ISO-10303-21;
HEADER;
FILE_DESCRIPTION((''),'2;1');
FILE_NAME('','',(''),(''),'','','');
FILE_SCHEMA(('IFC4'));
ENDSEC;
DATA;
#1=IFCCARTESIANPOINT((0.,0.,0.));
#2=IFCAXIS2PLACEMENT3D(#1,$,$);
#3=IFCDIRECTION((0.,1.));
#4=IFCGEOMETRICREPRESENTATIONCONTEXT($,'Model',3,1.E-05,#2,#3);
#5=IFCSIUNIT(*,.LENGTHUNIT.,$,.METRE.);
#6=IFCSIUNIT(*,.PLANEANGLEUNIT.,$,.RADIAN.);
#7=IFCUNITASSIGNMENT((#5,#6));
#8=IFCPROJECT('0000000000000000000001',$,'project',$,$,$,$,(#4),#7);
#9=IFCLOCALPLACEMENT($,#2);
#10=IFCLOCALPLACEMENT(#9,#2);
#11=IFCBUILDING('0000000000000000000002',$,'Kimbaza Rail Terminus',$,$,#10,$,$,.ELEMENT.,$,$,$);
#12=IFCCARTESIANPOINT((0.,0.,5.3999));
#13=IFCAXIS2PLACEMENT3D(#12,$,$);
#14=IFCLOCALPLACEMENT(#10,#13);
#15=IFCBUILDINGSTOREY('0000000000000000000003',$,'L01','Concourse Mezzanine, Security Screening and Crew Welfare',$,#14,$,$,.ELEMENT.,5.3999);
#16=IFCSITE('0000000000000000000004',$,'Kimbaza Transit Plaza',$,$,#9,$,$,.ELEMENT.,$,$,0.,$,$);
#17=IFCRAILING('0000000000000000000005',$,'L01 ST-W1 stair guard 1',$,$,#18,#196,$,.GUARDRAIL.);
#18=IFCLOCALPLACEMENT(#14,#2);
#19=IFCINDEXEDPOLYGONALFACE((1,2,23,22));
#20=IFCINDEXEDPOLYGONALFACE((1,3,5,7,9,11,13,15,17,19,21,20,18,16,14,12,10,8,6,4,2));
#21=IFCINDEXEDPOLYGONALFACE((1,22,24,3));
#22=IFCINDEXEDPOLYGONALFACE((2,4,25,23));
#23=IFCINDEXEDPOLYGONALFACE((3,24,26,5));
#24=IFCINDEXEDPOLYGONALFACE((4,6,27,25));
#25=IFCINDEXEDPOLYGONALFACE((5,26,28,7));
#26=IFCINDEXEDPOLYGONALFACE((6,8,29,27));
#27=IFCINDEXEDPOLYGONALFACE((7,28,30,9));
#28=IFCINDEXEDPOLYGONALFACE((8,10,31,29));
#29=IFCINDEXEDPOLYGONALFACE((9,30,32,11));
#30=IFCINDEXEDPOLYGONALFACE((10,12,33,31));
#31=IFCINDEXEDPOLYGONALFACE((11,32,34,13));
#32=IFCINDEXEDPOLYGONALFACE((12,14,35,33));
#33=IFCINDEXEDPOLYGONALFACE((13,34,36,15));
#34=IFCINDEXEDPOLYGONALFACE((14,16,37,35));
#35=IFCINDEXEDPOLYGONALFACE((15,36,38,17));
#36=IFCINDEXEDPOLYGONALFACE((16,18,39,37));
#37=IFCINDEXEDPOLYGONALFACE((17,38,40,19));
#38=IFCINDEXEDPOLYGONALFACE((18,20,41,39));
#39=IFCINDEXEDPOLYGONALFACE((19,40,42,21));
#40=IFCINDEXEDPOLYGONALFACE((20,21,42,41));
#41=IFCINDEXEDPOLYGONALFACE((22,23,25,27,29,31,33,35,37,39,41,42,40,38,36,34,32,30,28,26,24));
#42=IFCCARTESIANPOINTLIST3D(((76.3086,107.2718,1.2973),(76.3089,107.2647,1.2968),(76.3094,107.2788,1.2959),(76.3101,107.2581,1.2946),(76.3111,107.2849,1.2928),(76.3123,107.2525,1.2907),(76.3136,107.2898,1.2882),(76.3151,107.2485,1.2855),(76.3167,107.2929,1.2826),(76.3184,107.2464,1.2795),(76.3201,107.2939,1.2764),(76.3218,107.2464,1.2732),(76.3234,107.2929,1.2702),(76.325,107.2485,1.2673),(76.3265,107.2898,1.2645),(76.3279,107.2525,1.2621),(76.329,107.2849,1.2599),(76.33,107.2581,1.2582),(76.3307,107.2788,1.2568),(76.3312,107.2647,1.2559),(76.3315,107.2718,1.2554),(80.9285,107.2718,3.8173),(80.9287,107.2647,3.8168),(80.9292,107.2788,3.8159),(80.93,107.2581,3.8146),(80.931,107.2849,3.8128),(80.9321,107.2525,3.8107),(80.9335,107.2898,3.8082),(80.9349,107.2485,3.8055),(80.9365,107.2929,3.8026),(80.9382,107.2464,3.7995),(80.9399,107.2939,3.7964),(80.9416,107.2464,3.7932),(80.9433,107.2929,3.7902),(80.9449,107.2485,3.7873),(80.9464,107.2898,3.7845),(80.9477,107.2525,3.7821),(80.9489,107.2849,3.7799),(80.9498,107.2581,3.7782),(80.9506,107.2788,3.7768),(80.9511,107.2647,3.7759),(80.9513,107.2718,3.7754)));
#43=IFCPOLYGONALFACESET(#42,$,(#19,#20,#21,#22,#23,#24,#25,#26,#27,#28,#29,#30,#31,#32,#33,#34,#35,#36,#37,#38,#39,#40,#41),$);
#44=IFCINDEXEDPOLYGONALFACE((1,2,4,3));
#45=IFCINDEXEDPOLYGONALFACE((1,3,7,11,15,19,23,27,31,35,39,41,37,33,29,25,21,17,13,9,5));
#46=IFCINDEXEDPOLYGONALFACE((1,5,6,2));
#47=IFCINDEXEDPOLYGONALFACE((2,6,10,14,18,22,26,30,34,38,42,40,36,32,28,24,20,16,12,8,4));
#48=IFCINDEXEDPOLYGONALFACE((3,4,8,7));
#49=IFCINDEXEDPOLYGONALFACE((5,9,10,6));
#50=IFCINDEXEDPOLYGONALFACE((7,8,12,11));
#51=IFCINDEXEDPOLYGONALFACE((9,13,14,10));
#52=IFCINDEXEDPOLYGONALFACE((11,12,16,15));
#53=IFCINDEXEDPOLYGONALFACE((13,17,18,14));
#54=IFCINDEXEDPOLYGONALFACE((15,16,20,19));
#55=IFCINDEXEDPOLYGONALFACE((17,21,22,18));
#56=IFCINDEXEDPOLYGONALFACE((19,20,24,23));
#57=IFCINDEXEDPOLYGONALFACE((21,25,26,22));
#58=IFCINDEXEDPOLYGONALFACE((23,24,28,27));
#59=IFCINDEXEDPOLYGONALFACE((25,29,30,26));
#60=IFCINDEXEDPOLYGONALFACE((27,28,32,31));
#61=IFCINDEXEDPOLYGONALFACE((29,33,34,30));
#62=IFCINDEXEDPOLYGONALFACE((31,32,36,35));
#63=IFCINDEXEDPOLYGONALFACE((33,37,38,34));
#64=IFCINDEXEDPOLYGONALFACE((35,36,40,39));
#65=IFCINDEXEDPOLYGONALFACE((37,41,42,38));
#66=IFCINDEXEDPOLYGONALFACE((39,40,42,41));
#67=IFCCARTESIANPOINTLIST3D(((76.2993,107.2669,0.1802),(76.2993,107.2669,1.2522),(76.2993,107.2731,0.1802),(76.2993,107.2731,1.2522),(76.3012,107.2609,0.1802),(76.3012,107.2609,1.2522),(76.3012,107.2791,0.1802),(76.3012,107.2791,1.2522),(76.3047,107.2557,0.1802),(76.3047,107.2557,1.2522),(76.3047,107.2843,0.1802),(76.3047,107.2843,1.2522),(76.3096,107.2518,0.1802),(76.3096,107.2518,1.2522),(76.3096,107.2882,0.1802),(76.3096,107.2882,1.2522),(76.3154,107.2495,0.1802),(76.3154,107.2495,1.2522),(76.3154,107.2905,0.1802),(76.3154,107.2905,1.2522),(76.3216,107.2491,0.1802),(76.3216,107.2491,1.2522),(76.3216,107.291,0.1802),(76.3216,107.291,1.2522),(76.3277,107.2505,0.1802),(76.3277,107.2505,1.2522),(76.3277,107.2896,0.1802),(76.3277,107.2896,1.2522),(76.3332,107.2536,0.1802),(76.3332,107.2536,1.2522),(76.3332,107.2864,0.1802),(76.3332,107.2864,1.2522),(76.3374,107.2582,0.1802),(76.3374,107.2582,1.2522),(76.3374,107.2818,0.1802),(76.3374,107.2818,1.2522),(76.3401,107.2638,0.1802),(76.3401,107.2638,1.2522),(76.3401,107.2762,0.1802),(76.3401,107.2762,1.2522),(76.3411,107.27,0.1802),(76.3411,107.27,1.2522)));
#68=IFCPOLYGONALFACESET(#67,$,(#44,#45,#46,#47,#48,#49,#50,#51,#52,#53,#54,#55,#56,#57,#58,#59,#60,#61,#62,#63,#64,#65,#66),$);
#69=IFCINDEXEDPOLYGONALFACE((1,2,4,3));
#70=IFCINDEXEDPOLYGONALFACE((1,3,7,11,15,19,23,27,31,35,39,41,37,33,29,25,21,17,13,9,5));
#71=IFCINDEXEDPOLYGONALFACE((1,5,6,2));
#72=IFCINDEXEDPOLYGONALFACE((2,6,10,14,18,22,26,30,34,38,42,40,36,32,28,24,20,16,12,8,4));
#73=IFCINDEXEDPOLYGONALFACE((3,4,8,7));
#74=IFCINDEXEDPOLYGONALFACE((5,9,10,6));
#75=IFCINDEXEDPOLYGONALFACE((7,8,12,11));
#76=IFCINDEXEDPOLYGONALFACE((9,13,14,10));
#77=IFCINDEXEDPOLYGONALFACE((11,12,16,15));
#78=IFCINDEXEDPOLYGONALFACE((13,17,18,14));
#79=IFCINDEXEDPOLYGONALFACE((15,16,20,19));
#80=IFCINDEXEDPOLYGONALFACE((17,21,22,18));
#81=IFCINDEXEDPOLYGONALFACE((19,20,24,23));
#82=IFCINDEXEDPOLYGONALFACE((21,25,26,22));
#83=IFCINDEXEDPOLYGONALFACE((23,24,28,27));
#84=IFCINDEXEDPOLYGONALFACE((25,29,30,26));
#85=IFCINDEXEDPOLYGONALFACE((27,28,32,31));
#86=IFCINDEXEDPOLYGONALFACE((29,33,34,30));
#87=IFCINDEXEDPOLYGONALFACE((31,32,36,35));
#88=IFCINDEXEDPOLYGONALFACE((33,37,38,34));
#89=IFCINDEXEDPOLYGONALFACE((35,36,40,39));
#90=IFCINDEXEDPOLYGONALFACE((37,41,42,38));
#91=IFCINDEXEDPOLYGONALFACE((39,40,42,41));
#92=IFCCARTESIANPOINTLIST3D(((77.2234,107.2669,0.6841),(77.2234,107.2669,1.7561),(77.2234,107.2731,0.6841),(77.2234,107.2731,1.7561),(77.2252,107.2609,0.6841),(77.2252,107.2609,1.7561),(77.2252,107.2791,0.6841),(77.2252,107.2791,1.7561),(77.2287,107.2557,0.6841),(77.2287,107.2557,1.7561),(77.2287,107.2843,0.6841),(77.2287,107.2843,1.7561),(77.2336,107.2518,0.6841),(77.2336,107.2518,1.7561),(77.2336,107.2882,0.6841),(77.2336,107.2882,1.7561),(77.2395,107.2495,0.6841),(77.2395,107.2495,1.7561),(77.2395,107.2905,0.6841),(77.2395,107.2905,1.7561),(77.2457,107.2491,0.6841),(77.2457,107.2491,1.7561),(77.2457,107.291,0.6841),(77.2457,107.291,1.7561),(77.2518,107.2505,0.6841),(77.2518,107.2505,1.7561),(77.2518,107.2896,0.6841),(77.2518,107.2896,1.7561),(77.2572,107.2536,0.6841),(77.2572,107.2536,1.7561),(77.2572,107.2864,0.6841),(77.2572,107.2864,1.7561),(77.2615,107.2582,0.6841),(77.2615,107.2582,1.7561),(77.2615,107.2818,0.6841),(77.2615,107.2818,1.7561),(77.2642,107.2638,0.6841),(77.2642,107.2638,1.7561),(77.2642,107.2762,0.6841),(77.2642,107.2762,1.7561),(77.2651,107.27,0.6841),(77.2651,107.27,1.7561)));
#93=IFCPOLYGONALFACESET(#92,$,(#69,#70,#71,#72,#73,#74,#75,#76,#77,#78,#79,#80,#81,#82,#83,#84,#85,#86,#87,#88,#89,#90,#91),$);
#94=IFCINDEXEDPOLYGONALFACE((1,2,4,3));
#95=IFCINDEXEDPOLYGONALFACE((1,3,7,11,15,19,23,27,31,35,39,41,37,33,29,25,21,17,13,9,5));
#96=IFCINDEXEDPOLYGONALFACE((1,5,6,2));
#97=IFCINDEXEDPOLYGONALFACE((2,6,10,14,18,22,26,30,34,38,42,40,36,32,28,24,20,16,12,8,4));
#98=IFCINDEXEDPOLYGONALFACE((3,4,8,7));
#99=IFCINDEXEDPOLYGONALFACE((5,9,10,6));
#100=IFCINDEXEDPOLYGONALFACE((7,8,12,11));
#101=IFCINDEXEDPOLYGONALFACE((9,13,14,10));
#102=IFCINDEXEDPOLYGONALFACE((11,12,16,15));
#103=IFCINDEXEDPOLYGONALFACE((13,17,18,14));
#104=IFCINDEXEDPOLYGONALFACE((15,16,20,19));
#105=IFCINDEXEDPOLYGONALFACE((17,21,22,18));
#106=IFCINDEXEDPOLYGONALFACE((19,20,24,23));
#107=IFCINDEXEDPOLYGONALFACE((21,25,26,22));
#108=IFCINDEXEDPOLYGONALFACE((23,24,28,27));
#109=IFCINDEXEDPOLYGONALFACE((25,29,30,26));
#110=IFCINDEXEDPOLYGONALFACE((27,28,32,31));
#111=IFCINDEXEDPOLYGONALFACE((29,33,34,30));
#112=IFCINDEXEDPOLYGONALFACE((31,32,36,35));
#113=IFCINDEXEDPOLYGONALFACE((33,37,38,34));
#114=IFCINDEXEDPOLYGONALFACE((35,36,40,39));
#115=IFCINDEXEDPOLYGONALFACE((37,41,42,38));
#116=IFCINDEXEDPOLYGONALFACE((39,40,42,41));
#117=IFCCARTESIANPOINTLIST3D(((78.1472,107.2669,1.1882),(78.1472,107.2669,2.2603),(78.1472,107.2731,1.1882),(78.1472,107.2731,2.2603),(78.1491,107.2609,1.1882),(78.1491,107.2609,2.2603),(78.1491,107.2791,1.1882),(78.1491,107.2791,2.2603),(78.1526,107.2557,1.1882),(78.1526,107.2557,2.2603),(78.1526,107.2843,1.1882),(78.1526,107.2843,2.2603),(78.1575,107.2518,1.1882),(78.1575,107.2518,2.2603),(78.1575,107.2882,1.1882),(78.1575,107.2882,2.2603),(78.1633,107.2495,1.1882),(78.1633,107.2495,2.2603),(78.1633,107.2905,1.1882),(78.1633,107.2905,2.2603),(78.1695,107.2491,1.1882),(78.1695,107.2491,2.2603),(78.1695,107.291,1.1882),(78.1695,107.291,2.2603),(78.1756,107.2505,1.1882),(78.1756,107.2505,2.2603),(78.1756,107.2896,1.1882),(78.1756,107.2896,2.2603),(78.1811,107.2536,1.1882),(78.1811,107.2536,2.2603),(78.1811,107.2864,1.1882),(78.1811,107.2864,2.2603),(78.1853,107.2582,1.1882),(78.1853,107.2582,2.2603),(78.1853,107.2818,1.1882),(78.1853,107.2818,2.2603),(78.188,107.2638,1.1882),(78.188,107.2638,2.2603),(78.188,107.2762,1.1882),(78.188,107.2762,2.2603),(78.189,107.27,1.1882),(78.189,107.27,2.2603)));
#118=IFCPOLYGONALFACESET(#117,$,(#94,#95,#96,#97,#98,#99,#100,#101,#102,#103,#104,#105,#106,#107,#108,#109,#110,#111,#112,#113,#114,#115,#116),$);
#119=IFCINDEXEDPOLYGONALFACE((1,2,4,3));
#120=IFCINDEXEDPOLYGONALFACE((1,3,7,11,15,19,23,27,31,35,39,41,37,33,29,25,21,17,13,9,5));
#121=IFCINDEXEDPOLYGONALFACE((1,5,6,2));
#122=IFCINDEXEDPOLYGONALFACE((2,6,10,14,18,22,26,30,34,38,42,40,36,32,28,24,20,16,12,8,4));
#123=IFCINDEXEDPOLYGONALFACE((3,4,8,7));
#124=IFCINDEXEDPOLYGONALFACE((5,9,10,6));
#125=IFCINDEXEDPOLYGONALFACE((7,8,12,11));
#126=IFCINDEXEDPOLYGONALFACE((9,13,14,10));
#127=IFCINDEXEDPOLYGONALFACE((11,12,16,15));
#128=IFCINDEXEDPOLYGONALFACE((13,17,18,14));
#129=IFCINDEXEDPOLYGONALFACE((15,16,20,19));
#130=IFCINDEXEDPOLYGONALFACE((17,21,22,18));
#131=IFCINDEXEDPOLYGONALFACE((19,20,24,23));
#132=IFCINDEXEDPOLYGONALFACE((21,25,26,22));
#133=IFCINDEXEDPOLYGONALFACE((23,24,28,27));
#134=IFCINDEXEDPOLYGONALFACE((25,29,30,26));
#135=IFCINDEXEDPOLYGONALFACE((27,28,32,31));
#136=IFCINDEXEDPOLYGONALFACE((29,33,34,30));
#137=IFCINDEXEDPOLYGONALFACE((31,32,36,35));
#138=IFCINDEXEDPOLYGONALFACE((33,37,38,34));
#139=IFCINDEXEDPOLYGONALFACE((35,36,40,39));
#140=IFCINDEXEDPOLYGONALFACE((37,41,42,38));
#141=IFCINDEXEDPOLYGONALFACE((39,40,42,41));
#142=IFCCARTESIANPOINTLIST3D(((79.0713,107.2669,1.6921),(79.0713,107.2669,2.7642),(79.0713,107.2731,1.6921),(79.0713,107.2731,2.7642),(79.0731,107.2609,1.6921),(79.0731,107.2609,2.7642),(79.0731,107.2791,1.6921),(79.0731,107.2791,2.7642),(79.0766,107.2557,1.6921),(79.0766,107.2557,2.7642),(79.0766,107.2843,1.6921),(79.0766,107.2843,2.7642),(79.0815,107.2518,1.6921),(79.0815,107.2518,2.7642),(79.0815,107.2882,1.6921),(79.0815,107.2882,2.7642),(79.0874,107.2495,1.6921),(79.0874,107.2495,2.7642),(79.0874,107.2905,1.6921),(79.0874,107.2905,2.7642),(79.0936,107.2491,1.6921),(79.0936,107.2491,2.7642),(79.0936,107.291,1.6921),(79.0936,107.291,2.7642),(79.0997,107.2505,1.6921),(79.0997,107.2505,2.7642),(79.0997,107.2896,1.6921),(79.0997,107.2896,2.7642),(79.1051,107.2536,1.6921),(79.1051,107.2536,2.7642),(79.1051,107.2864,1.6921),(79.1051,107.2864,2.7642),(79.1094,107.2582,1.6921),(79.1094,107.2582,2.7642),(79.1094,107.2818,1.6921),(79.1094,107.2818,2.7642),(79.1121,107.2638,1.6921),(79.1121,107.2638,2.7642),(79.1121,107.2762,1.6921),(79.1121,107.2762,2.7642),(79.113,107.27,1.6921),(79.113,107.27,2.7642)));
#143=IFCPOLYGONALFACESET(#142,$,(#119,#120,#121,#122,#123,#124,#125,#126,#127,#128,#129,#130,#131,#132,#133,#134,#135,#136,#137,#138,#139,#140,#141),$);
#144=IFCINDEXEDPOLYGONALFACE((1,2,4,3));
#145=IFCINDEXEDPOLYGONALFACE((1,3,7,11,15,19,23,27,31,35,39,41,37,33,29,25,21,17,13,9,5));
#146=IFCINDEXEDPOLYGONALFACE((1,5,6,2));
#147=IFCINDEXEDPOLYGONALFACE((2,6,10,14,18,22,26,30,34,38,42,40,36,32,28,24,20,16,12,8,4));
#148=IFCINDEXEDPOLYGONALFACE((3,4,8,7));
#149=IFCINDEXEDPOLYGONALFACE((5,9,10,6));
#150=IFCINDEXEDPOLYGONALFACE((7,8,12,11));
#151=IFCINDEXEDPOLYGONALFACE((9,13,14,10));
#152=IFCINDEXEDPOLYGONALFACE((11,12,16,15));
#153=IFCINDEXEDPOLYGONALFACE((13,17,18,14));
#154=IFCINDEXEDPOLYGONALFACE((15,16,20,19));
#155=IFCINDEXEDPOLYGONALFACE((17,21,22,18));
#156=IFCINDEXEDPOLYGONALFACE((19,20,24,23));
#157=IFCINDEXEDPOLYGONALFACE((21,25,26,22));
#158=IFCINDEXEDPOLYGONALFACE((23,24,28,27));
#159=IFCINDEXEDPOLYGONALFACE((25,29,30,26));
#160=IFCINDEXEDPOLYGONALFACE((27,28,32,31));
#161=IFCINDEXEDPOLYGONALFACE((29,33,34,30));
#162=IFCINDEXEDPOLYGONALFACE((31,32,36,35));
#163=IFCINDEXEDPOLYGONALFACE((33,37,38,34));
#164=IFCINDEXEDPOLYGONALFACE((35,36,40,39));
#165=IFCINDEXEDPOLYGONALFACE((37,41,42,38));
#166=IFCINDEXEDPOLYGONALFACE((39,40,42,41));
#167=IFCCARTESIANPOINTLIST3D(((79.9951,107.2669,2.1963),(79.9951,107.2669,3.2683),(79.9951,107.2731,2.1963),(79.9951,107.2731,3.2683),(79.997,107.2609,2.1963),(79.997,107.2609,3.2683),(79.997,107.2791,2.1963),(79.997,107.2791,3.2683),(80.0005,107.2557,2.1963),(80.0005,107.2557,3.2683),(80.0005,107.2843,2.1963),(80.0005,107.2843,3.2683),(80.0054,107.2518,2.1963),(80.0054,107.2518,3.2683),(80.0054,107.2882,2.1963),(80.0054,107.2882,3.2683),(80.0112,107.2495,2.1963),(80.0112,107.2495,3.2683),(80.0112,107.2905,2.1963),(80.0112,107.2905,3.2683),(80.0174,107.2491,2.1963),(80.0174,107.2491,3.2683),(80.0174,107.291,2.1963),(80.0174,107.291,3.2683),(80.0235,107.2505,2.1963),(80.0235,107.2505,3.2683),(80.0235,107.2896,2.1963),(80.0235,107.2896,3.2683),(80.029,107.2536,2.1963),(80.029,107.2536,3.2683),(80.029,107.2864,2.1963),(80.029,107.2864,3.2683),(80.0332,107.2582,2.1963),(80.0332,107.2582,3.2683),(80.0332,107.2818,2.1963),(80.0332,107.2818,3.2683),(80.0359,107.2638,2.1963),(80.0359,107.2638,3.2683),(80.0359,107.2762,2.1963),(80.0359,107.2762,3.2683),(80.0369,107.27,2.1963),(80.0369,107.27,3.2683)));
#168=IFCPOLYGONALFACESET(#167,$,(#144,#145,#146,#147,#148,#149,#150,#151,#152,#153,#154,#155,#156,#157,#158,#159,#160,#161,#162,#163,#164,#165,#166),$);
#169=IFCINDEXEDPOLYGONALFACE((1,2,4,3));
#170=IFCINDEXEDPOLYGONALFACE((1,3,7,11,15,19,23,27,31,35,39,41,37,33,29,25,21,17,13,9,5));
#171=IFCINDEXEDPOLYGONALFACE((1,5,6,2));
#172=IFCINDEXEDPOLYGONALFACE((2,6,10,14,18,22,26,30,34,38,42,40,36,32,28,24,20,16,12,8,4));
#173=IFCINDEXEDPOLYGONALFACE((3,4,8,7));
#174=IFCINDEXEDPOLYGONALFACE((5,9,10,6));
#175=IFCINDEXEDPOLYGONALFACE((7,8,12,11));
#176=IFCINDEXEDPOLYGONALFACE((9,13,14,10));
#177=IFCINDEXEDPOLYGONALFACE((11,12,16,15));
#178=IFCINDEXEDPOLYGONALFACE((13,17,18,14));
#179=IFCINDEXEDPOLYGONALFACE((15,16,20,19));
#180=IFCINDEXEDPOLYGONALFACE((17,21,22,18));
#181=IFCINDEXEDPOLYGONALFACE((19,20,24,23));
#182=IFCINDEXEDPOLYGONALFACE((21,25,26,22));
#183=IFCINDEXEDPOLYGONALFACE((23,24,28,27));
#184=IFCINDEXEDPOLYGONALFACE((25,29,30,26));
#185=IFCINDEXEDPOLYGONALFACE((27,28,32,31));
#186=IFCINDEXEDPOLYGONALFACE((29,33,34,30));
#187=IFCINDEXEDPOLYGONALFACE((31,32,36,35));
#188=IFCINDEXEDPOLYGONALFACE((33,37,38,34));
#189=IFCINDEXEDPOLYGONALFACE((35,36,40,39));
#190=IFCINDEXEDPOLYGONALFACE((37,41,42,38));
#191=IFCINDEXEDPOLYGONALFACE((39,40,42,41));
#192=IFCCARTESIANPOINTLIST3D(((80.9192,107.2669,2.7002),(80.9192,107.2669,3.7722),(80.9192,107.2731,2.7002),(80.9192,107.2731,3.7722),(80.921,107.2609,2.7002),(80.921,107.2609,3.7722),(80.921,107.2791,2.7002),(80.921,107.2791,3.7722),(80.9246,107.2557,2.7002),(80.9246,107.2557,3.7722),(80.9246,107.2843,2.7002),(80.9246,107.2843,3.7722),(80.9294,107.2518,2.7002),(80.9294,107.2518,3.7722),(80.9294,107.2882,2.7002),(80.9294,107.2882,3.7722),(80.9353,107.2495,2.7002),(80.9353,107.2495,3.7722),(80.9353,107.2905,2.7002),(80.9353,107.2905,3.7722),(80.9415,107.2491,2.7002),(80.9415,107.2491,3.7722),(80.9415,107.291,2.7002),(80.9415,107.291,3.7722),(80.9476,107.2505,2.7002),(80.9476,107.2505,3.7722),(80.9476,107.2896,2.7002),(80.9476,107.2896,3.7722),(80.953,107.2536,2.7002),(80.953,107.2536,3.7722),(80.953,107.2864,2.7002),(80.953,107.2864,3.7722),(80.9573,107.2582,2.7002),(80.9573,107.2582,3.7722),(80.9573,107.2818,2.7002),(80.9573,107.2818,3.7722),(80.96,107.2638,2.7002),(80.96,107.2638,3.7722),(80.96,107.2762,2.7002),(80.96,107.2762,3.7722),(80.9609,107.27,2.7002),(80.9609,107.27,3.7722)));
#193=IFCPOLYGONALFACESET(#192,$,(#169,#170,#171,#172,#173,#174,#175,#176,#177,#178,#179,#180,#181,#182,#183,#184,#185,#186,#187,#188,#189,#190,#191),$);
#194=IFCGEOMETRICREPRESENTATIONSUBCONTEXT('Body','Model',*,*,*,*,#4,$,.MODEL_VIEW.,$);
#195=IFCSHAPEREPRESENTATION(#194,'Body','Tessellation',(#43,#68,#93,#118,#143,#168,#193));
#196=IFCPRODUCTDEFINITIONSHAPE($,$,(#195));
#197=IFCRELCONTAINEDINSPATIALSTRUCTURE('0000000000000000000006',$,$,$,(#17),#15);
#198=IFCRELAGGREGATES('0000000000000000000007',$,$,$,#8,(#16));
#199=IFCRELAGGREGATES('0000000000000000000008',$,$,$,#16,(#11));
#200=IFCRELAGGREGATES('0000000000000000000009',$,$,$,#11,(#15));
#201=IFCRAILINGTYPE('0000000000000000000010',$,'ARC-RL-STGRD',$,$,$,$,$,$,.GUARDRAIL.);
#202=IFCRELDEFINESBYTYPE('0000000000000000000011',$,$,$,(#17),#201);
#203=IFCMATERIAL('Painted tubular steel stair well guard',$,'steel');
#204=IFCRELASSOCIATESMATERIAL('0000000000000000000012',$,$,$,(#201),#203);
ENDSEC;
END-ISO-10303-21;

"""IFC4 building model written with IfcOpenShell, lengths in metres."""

from ifc_helpers import new_model, si_unit, direction, frame, origin, origin_2d, place, context, subcontext, project, spatial, circle, extrude, material, type_object, element, save


model = new_model("IFC4")

# Units and contexts
model_context = context("Model", 3, precision=1e-05, world=origin(), true_north=direction((0.0, 1.0)))
body_context = subcontext(model_context, "Body", "Model", "MODEL_VIEW")
ifc_project = project(units=[si_unit("LENGTHUNIT", "METRE"), si_unit("PLANEANGLEUNIT", "RADIAN")], contexts=[model_context])

# Site, building, storey
site_placement = place(None, origin())
site = spatial("IfcSite", under=ifc_project, at=site_placement, Name="Kimbaza Transit Plaza", CompositionType="ELEMENT", RefElevation=0.0)
building_placement = place(site_placement, origin())
building = spatial("IfcBuilding", under=site, at=building_placement, Name="Kimbaza Rail Terminus", CompositionType="ELEMENT")
storey_placement = place(building_placement, frame((0.0, 0.0, 5.3999)))
storey = spatial("IfcBuildingStorey", under=building, at=storey_placement, Name="L01", Description="Concourse Mezzanine, Security Screening and Crew Welfare", CompositionType="ELEMENT", Elevation=5.3999)

# Railing
ifc_material_1 = material(Name="Painted tubular steel stair well guard", Category="steel")
railing_type_1 = type_object("IfcRailingType", Name="ARC-RL-STGRD", PredefinedType="GUARDRAIL", material=ifc_material_1)
railing_1_placement = place(storey_placement, frame((76.3201, 107.27, 0.1802)))
element("IfcRailing", 1, at=railing_1_placement, inside=storey, type_object=railing_type_1, Name="L01 ST-W1 stair guard 1", PredefinedType="GUARDRAIL", context=body_context, shape_type="SweptSolid", body=[
    extrude(circle(Radius=0.0239, at=origin_2d()), frame((0.0, 0.0, 1.0962), z_axis=(0.877888, 0.0, 0.478865), x_axis=(0.0, 1.0, 0.0)), (0.0, 0.0, 1.0), 5.2625),
    extrude(circle(Radius=0.021, at=origin_2d()), origin(), (0.0, 0.0, 1.0), 1.072),
    extrude(circle(Radius=0.021, at=origin_2d()), frame((0.9241, 0.0, 0.5039)), (0.0, 0.0, 1.0), 1.072),
    extrude(circle(Radius=0.021, at=origin_2d()), frame((1.8479, 0.0, 1.0081)), (0.0, 0.0, 1.0), 1.072),
    extrude(circle(Radius=0.021, at=origin_2d()), frame((2.772, 0.0, 1.512)), (0.0, 0.0, 1.0), 1.072),
    extrude(circle(Radius=0.021, at=origin_2d()), frame((3.6958, 0.0, 2.0161)), (0.0, 0.0, 1.0), 1.072),
    extrude(circle(Radius=0.021, at=origin_2d()), frame((4.6199, 0.0, 2.52)), (0.0, 0.0, 1.0), 1.072),
])

save(model, "model.ifc")
